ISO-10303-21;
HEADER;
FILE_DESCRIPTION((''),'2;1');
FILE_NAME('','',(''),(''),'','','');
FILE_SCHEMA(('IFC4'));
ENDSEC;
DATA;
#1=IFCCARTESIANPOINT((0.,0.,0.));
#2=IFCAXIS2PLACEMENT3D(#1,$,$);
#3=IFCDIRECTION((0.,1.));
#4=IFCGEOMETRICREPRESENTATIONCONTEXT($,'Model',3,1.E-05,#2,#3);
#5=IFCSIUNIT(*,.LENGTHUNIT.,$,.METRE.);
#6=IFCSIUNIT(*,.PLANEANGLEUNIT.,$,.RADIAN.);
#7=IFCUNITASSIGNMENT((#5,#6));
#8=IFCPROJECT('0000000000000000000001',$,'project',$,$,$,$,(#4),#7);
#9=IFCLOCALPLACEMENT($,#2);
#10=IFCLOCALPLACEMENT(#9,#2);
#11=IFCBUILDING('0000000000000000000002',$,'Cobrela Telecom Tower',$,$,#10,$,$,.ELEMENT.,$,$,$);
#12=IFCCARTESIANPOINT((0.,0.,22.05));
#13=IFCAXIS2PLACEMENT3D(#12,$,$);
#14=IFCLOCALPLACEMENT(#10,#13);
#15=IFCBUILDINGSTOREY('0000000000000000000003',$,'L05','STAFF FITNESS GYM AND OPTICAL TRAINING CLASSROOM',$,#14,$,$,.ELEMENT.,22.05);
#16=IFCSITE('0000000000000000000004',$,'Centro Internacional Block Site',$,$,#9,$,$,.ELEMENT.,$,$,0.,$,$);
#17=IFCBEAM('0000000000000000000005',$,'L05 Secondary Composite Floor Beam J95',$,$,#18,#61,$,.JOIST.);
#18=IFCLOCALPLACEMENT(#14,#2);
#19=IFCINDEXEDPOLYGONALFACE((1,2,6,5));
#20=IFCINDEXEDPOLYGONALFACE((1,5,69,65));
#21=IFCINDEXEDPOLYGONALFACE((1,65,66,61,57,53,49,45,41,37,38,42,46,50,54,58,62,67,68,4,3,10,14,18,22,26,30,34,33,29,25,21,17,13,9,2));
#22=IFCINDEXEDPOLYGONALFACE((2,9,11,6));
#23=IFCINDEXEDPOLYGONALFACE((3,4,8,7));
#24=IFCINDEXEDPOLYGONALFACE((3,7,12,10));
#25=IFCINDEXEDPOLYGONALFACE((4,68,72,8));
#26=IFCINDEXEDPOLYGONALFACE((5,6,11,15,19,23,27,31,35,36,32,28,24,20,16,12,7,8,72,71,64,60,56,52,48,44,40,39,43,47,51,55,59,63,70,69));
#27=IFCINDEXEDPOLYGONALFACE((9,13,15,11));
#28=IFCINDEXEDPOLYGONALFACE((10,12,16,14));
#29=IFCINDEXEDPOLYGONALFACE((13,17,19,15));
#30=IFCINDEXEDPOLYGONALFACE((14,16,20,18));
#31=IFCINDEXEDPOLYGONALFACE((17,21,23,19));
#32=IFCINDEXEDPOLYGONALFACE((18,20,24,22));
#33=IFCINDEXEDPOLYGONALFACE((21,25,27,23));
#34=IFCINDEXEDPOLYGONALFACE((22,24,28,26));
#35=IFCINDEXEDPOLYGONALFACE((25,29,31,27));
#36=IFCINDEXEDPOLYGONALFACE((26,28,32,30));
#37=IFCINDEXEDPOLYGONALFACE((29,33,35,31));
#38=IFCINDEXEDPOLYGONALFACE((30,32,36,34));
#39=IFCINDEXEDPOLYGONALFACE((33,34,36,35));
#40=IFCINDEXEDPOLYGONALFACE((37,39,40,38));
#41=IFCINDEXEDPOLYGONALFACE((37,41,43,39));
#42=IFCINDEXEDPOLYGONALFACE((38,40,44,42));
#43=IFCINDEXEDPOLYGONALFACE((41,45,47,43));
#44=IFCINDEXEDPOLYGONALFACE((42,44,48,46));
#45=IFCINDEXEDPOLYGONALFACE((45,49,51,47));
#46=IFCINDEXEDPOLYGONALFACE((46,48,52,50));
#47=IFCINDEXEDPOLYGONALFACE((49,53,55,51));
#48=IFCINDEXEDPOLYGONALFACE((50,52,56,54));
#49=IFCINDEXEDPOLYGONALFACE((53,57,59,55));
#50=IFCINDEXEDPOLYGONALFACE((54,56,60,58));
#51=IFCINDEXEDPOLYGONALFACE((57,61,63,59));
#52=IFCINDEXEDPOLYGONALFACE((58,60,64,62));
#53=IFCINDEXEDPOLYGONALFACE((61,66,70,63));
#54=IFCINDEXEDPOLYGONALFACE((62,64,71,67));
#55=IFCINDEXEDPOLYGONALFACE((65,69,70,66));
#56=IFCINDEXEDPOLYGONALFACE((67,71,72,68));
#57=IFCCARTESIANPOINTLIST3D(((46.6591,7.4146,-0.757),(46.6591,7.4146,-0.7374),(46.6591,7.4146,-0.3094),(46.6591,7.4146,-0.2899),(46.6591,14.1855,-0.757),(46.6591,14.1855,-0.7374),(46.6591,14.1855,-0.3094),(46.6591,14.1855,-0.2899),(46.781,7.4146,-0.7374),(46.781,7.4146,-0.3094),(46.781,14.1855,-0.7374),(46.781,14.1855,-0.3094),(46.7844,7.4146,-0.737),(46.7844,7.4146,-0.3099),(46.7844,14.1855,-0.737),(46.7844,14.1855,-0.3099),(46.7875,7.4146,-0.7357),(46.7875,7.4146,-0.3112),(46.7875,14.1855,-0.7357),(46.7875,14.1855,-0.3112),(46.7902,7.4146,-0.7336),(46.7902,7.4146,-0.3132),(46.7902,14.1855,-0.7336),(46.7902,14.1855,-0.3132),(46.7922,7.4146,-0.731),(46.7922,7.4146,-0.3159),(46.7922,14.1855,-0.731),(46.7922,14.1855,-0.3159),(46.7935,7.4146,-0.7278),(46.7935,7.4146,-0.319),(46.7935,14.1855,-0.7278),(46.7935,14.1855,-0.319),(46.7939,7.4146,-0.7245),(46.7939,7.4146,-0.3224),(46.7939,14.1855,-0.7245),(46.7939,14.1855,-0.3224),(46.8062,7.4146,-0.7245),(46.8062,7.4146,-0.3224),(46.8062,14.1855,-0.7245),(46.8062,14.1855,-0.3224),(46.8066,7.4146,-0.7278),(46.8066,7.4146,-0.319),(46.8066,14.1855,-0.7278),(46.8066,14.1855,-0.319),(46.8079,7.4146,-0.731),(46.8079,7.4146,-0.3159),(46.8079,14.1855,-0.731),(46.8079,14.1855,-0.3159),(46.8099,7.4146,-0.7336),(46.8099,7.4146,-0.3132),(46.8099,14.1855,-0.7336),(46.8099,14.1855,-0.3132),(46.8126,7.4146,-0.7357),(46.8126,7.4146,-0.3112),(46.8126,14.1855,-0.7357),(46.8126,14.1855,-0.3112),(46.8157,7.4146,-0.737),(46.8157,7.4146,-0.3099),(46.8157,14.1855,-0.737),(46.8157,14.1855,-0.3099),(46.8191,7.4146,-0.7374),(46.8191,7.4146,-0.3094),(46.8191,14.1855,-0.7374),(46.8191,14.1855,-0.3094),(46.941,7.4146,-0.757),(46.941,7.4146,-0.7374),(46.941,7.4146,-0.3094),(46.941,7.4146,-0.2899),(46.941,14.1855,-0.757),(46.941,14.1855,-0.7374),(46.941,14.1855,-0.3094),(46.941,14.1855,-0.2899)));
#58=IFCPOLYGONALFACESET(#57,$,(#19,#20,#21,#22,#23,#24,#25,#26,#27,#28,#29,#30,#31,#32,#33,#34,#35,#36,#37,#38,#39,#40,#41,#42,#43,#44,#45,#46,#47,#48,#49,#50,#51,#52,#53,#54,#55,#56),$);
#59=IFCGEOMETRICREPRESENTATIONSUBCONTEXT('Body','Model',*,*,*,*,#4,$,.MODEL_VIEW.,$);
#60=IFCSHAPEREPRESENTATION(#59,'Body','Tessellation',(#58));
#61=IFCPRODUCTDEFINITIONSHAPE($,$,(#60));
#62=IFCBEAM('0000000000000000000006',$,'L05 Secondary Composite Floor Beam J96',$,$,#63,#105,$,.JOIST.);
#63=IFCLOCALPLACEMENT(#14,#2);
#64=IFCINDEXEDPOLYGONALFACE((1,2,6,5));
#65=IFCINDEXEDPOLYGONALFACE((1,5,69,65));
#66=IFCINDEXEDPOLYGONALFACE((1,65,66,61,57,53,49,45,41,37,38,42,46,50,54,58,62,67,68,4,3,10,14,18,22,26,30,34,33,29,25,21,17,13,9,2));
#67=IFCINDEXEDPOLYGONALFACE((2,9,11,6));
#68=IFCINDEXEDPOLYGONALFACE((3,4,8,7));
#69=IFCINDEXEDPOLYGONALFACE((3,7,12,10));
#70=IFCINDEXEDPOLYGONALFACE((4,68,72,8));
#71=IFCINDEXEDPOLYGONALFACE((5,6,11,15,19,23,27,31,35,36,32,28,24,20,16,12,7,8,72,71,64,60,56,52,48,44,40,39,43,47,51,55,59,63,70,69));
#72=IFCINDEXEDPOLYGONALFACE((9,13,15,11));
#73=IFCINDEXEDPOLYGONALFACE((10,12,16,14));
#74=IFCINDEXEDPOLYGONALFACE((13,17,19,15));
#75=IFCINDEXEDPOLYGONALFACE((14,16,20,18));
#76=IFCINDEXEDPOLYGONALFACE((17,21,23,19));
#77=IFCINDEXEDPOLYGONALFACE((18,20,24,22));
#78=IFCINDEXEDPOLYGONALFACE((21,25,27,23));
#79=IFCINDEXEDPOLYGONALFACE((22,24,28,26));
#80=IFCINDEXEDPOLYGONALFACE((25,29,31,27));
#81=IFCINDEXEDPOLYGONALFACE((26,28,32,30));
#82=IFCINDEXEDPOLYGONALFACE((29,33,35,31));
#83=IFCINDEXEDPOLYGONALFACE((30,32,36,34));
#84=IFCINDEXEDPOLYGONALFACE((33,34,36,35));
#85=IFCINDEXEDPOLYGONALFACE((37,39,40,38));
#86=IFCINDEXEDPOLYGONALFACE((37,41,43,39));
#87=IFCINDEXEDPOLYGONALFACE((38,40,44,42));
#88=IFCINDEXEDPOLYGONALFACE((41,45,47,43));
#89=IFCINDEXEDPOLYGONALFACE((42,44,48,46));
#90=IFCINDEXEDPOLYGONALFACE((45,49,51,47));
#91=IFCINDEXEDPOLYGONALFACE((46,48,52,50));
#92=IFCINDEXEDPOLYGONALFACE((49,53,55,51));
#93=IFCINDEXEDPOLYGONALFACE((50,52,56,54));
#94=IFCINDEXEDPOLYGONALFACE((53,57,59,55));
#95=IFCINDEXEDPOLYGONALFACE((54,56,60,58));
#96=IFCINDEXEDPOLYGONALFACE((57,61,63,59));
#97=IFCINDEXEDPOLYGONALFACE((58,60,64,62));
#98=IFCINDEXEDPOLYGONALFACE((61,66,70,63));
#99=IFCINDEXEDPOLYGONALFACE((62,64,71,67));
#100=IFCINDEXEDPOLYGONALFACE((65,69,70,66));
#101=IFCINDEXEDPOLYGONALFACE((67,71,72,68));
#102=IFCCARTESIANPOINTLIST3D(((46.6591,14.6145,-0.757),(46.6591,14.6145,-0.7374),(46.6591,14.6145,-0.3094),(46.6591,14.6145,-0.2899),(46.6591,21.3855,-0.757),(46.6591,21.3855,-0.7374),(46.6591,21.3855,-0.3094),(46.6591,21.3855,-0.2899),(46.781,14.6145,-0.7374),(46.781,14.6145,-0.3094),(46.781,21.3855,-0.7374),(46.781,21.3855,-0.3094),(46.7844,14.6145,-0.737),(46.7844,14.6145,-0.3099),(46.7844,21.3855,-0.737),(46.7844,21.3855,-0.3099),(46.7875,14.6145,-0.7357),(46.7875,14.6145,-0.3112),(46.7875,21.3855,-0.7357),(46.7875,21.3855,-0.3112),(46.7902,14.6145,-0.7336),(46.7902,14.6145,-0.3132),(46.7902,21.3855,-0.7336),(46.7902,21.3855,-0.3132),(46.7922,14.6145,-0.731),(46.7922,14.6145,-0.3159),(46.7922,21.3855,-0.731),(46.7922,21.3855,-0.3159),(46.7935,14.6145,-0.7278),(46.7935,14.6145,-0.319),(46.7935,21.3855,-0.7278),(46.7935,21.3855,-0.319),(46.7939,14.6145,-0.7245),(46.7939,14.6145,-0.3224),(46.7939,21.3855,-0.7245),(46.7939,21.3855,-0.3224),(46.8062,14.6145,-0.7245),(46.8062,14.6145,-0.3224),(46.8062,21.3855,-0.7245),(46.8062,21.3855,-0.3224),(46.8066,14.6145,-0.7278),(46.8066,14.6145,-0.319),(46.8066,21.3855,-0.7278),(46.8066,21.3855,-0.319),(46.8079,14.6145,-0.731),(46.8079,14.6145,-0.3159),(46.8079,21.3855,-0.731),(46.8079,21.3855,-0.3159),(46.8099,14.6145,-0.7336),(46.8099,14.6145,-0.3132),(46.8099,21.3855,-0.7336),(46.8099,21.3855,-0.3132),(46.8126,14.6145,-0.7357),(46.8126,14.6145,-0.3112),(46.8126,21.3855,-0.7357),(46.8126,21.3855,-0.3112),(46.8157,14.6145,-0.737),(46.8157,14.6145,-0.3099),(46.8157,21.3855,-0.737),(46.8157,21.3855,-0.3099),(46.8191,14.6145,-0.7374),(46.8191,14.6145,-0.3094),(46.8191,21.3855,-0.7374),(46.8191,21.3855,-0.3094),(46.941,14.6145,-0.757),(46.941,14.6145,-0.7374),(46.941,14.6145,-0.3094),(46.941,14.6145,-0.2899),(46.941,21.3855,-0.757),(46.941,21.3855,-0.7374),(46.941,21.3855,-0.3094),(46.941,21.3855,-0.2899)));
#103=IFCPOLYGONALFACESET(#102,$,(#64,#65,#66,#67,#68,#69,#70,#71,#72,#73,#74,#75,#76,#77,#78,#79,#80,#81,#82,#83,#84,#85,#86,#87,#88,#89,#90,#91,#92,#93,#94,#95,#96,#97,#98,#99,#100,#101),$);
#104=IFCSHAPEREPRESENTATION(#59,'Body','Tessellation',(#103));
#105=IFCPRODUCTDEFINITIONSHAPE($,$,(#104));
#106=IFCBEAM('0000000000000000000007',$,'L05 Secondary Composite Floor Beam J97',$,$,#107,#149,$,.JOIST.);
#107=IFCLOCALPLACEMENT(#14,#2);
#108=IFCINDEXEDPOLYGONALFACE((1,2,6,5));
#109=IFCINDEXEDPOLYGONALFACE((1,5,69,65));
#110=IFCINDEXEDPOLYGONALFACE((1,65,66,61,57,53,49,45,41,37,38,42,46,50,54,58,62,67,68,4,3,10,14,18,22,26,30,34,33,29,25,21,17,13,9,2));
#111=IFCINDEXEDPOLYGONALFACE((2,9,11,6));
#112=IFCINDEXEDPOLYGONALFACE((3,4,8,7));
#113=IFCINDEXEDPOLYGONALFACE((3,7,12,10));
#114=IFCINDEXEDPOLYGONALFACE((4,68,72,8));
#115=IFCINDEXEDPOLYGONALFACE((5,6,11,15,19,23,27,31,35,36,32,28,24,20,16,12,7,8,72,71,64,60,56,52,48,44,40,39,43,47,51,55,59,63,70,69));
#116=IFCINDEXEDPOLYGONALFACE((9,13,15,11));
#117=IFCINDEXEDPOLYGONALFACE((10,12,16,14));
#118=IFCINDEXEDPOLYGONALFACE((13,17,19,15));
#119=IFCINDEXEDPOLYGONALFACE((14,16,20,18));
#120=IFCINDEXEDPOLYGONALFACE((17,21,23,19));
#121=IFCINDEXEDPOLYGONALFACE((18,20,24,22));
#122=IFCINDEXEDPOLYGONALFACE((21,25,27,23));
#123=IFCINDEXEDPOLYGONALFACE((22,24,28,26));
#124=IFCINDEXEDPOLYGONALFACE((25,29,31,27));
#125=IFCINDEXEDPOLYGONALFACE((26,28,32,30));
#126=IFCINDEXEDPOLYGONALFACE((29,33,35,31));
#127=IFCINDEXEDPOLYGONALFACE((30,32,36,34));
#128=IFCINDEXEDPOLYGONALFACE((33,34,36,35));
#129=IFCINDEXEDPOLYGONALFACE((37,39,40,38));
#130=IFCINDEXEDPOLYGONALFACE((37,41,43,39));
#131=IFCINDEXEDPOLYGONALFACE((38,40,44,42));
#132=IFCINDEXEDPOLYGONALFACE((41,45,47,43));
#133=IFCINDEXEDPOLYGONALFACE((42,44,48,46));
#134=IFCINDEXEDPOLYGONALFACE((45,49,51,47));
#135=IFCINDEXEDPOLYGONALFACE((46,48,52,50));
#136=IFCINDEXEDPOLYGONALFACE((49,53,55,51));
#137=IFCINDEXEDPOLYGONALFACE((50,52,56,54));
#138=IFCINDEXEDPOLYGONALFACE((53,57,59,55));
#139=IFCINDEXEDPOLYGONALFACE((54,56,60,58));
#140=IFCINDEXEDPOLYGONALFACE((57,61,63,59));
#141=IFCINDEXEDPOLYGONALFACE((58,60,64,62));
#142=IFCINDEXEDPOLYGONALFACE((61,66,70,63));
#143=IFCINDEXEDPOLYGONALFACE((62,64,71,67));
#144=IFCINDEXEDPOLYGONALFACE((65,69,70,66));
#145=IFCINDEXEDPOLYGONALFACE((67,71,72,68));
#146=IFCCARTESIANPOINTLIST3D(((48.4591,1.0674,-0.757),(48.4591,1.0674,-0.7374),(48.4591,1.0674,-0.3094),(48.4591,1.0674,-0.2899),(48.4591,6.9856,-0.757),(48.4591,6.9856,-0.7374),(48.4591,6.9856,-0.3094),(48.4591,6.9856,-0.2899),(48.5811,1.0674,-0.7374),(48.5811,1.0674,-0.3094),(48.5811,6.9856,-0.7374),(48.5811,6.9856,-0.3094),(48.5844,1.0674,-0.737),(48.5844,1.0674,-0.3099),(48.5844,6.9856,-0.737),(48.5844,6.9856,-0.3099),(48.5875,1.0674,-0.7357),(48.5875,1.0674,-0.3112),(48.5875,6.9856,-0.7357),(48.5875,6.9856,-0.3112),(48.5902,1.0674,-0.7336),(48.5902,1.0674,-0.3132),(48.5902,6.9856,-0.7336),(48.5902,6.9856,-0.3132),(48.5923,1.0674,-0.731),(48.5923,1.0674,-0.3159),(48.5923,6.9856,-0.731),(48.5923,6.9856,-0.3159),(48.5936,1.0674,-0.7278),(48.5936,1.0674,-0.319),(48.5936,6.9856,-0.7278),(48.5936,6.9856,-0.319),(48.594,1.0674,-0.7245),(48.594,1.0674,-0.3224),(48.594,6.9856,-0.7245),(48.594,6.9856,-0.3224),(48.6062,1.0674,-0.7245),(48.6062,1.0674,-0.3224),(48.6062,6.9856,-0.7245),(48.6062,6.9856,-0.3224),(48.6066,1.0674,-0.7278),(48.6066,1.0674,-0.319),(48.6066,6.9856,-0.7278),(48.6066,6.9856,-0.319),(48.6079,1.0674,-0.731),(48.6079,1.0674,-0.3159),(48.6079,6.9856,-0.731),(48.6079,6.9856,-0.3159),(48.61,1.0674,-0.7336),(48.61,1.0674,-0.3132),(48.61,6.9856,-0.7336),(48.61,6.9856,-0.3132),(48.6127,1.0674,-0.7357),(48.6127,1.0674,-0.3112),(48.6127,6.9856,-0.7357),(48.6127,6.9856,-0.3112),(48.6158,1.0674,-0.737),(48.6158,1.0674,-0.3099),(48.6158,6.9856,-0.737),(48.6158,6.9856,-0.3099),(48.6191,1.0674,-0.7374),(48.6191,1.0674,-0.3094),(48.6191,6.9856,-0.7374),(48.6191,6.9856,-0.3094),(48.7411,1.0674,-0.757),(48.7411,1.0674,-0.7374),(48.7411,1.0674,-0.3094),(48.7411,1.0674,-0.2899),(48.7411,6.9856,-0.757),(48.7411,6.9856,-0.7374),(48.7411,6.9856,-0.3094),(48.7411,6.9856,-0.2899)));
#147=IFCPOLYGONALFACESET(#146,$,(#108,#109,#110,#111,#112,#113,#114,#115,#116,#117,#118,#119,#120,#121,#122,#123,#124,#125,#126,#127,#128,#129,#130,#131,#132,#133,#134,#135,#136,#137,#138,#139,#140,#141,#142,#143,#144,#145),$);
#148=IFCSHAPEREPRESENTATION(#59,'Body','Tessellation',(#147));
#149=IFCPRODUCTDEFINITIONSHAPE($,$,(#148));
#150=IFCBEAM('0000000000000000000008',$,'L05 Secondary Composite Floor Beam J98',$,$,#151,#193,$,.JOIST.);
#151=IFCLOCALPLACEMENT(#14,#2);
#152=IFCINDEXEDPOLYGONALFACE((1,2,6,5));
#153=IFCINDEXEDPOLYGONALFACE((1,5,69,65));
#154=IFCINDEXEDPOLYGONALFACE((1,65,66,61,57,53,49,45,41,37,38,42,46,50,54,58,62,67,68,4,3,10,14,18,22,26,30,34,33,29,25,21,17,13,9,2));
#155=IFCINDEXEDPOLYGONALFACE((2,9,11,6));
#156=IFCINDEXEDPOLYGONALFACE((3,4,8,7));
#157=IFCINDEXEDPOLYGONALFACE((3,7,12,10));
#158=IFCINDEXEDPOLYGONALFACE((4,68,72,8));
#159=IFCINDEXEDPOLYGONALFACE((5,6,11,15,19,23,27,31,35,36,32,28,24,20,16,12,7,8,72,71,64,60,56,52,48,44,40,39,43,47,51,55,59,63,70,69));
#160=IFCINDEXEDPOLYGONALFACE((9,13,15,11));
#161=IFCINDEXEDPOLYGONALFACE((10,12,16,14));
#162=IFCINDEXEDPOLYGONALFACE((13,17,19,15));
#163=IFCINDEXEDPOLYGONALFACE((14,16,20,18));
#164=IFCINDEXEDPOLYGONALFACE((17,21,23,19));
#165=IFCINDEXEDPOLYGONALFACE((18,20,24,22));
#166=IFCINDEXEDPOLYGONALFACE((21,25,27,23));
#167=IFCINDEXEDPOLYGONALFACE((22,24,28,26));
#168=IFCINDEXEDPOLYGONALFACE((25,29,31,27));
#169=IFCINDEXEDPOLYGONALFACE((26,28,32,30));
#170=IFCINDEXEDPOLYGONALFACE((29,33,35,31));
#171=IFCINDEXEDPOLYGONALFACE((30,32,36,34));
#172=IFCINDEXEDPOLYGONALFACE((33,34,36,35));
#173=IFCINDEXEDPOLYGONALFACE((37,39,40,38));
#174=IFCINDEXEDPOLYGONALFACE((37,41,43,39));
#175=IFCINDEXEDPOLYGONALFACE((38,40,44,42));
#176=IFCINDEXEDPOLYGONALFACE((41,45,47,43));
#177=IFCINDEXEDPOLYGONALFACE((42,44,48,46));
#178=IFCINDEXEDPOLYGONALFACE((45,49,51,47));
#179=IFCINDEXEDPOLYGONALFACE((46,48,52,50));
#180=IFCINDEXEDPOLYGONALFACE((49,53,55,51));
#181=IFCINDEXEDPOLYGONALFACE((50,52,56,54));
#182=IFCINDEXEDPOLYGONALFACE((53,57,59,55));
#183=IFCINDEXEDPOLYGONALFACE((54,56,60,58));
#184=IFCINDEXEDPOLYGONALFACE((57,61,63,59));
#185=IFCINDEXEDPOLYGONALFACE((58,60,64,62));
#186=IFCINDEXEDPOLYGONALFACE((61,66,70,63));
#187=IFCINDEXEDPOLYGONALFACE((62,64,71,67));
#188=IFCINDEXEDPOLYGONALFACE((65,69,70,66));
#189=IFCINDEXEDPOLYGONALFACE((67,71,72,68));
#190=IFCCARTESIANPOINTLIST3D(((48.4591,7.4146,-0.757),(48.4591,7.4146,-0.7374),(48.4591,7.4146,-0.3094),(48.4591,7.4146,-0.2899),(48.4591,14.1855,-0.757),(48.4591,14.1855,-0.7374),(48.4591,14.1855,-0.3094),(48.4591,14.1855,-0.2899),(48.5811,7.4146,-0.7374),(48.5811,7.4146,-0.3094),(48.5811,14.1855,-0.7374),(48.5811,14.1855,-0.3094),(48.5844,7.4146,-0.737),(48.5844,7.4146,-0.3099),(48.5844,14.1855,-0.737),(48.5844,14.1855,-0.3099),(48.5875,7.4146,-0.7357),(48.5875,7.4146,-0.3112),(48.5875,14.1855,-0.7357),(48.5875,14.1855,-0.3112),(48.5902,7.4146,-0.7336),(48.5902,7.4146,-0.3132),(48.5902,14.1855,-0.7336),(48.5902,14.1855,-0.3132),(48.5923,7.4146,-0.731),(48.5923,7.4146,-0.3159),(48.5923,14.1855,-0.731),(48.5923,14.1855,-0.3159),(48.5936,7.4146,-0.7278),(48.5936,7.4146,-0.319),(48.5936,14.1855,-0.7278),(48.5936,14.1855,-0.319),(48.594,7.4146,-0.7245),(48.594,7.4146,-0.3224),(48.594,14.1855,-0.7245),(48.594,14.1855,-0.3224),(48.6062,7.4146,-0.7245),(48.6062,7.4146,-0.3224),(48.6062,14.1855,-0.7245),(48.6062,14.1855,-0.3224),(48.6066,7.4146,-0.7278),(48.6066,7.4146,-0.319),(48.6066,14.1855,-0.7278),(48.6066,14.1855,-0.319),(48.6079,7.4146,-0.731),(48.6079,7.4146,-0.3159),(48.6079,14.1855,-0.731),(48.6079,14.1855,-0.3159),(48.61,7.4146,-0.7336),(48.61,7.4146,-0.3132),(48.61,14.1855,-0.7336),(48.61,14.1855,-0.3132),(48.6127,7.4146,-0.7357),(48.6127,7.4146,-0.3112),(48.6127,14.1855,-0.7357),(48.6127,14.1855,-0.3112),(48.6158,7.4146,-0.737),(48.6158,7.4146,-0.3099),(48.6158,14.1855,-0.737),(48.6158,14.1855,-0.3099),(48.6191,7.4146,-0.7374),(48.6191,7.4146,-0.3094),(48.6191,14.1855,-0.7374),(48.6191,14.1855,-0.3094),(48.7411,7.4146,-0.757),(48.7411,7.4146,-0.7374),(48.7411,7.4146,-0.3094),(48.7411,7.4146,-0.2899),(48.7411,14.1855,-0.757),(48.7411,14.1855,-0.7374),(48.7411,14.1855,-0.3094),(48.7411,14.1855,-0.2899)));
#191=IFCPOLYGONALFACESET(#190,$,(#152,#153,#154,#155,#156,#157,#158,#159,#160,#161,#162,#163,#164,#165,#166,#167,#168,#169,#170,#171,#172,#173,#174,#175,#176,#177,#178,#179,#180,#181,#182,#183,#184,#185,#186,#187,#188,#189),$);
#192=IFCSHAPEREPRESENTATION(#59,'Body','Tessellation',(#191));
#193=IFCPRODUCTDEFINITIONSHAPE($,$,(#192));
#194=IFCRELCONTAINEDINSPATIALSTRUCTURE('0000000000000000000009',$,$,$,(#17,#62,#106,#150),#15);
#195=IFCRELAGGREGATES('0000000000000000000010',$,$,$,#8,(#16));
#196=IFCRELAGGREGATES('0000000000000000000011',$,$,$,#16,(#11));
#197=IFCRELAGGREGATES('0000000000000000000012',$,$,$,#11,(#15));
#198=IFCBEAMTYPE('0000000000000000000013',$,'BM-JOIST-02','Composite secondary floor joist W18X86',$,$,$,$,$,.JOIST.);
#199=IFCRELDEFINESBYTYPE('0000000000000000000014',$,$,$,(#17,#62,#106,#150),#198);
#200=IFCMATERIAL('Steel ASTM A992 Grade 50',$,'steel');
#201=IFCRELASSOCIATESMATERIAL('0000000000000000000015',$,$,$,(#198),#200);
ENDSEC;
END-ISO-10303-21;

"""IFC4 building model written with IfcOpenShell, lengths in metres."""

from ifc_helpers import new_model, si_unit, direction, frame, origin, origin_2d, place, context, subcontext, project, spatial, i_section, extrude, material, material_profile, profile_set, type_object, element, save


model = new_model("IFC4")

# Units and contexts
model_context = context("Model", 3, precision=1e-05, world=origin(), true_north=direction((0.0, 1.0)))
body_context = subcontext(model_context, "Body", "Model", "MODEL_VIEW")
ifc_project = project(units=[si_unit("LENGTHUNIT", "METRE"), si_unit("PLANEANGLEUNIT", "RADIAN")], contexts=[model_context])

# Site, building, storey
site_placement = place(None, origin())
site = spatial("IfcSite", under=ifc_project, at=site_placement, Name="Centro Internacional Block Site", CompositionType="ELEMENT", RefElevation=0.0)
building_placement = place(site_placement, origin())
building = spatial("IfcBuilding", under=site, at=building_placement, Name="Cobrela Telecom Tower", CompositionType="ELEMENT")
storey_placement = place(building_placement, frame((0.0, 0.0, 22.05)))
storey = spatial("IfcBuildingStorey", under=building, at=storey_placement, Name="L05", Description="STAFF FITNESS GYM AND OPTICAL TRAINING CLASSROOM", CompositionType="ELEMENT", Elevation=22.05)

# Beams
ifc_material_1 = material(Name="Steel ASTM A992 Grade 50", Category="steel")
ifc_material_profile_1 = material_profile(ifc_material_1, i_section(OverallWidth=0.282, OverallDepth=0.467, WebThickness=0.0122, FlangeThickness=0.0195, FilletRadius=0.0129, at=origin_2d()), Name="W18X86")
ifc_profile_set_1 = profile_set([ifc_material_profile_1], Name="Steel ASTM A992 Grade 50")
beam_type_1 = type_object("IfcBeamType", Name="BM-JOIST-02", Description="Composite secondary floor joist W18X86", PredefinedType="JOIST", material=ifc_profile_set_1)
for number, where, z_axis, x_axis, name in (
    (1, (46.8, 7.4146, -0.5234), (0.0, 1.0, 0.0), (-1.0, 0.0, 0.0), "L05 Secondary Composite Floor Beam J95"),
    (2, (46.8, 14.6145, -0.5234), (0.0, 1.0, 0.0), (-1.0, 0.0, 0.0), "L05 Secondary Composite Floor Beam J96"),
):
    element("IfcBeam", number, at=place(storey_placement, frame(where, z_axis=z_axis, x_axis=x_axis)), inside=storey, type_object=beam_type_1, Name=name, PredefinedType="JOIST", context=body_context, shape_type="SweptSolid", body=[
        extrude(i_section(OverallWidth=0.282, OverallDepth=0.467, WebThickness=0.0122, FlangeThickness=0.0195, FilletRadius=0.0129, at=origin_2d()), origin(), (0.0, 0.0, 1.0), 6.771),
    ])
beam_1_placement = place(storey_placement, frame((48.6001, 1.0674, -0.5234), z_axis=(0.0, 1.0, 0.0), x_axis=(-1.0, 0.0, 0.0)))
element("IfcBeam", 3, at=beam_1_placement, inside=storey, type_object=beam_type_1, Name="L05 Secondary Composite Floor Beam J97", PredefinedType="JOIST", context=body_context, shape_type="SweptSolid", body=[
    extrude(i_section(OverallWidth=0.282, OverallDepth=0.467, WebThickness=0.0122, FlangeThickness=0.0195, FilletRadius=0.0129, at=origin_2d()), origin(), (0.0, 0.0, 1.0), 5.9182),
])
for number, where, z_axis, x_axis, name in (
    (4, (48.6001, 7.4146, -0.5234), (0.0, 1.0, 0.0), (-1.0, 0.0, 0.0), "L05 Secondary Composite Floor Beam J98"),
):
    element("IfcBeam", number, at=place(storey_placement, frame(where, z_axis=z_axis, x_axis=x_axis)), inside=storey, type_object=beam_type_1, Name=name, PredefinedType="JOIST", context=body_context, shape_type="SweptSolid", body=[
        extrude(i_section(OverallWidth=0.282, OverallDepth=0.467, WebThickness=0.0122, FlangeThickness=0.0195, FilletRadius=0.0129, at=origin_2d()), origin(), (0.0, 0.0, 1.0), 6.771),
    ])

save(model, "model.ifc")
